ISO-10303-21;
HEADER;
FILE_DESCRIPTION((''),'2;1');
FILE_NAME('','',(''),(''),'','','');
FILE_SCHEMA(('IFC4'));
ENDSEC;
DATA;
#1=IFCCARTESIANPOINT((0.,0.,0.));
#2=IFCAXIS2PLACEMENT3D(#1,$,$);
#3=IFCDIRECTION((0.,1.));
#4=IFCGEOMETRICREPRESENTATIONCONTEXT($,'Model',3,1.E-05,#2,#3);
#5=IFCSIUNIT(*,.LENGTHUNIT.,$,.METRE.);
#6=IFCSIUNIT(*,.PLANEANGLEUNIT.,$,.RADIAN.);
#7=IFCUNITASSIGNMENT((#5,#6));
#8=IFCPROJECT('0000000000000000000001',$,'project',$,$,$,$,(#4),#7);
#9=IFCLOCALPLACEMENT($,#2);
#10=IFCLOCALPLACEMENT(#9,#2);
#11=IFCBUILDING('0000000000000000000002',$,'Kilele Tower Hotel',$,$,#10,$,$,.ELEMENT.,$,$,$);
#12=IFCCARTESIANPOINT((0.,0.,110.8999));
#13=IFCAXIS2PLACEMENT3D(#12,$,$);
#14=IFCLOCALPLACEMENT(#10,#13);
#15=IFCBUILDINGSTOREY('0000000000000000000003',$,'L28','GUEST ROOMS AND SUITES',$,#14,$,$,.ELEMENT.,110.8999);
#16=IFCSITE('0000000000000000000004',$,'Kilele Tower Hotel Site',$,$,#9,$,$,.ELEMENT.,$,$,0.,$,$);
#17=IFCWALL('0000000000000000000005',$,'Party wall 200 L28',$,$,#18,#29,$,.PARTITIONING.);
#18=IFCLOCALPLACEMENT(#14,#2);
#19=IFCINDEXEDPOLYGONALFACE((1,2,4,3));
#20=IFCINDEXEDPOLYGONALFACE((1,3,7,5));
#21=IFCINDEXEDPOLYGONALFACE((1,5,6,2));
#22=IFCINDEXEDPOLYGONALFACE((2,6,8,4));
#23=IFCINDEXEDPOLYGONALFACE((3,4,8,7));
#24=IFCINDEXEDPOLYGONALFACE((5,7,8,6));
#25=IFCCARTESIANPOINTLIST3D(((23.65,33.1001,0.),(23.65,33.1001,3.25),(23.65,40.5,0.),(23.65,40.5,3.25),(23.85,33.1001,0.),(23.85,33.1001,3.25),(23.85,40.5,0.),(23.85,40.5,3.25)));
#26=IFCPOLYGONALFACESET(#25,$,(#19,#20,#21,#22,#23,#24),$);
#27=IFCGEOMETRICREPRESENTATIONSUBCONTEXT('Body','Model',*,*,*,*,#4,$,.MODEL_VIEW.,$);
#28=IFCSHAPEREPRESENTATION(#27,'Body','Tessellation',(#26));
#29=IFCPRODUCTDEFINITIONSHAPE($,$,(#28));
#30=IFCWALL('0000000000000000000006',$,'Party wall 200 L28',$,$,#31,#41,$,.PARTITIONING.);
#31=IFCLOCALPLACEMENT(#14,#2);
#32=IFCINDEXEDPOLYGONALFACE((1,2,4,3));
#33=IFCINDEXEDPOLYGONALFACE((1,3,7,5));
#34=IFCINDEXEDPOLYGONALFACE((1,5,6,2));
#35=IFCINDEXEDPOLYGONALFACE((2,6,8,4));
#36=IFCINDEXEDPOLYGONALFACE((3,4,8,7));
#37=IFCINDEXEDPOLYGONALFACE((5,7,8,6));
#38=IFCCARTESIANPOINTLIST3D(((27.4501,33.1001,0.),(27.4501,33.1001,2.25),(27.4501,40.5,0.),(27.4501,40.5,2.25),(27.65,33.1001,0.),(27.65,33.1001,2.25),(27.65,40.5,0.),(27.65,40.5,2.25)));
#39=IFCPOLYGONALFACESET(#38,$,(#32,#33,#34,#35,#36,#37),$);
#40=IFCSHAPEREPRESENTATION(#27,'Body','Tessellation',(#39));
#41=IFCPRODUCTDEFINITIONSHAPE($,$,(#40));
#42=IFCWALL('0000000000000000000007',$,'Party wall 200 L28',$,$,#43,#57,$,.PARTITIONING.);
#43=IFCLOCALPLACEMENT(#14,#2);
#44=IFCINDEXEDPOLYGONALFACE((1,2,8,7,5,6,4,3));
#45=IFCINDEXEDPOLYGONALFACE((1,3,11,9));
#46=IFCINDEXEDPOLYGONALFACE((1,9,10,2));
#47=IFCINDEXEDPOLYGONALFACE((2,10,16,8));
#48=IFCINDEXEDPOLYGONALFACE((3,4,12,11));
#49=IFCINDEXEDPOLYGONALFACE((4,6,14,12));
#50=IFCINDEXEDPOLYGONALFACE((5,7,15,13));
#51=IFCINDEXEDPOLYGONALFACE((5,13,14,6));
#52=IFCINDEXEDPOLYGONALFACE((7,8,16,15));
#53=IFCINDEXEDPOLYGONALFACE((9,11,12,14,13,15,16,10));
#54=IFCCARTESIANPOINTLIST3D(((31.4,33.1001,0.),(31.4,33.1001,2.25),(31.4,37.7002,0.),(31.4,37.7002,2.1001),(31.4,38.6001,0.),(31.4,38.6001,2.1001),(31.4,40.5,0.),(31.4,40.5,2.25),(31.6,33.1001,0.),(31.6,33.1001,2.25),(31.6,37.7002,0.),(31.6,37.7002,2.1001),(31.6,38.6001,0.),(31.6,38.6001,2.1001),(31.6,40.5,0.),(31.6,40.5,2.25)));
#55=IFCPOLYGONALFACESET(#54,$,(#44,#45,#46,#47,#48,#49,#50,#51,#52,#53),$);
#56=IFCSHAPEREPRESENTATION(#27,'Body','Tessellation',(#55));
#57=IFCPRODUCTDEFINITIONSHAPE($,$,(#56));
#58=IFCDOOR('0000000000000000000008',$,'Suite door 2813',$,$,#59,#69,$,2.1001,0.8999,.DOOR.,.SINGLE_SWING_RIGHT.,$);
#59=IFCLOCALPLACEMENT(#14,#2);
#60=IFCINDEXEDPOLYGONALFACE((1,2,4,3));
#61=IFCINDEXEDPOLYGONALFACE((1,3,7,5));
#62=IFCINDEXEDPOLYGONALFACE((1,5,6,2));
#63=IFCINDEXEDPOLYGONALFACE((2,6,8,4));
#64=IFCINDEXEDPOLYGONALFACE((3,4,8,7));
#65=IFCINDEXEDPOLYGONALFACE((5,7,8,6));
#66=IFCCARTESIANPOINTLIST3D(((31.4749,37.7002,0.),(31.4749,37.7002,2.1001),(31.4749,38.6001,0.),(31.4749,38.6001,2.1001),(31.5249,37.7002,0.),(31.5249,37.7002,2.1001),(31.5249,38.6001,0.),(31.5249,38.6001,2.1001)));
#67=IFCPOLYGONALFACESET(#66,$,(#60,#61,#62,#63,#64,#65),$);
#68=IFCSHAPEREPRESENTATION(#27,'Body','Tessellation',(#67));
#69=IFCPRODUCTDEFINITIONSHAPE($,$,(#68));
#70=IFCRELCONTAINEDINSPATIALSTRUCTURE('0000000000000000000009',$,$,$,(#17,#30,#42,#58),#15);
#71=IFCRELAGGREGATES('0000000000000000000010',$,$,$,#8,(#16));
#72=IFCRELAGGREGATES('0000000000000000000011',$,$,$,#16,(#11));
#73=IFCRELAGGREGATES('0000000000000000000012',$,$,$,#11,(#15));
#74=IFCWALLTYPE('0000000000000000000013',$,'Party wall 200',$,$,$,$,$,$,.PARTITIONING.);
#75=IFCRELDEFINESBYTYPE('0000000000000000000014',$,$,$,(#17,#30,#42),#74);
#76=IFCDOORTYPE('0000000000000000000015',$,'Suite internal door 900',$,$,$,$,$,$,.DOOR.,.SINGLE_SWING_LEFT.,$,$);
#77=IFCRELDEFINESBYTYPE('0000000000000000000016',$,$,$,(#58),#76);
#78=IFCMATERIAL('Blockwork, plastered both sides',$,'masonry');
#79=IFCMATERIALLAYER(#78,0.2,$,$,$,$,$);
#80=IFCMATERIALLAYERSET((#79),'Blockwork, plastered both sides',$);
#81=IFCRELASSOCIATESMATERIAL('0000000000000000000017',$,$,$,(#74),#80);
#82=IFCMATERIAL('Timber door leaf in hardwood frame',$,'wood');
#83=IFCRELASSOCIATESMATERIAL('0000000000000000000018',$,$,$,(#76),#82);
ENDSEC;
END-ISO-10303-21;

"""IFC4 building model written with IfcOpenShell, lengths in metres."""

from ifc_helpers import new_model, si_unit, direction, frame, frame_2d, origin, place, context, subcontext, project, spatial, rectangle, extrude, material, layer, layer_set, type_object, element, fill, save


model = new_model("IFC4")

# Units and contexts
model_context = context("Model", 3, precision=1e-05, world=origin(), true_north=direction((0.0, 1.0)))
body_context = subcontext(model_context, "Body", "Model", "MODEL_VIEW")
ifc_project = project(units=[si_unit("LENGTHUNIT", "METRE"), si_unit("PLANEANGLEUNIT", "RADIAN")], contexts=[model_context])

# Site, building, storey
site_placement = place(None, origin())
site = spatial("IfcSite", under=ifc_project, at=site_placement, Name="Kilele Tower Hotel Site", CompositionType="ELEMENT", RefElevation=0.0)
building_placement = place(site_placement, origin())
building = spatial("IfcBuilding", under=site, at=building_placement, Name="Kilele Tower Hotel", CompositionType="ELEMENT")
storey_placement = place(building_placement, frame((0.0, 0.0, 110.8999)))
storey = spatial("IfcBuildingStorey", under=building, at=storey_placement, Name="L28", Description="GUEST ROOMS AND SUITES", CompositionType="ELEMENT", Elevation=110.8999)

# Walls
ifc_material_1 = material(Name="Blockwork, plastered both sides", Category="masonry")
ifc_layer_1 = layer(ifc_material_1, 0.2)
ifc_layer_set_1 = layer_set([ifc_layer_1], Name="Blockwork, plastered both sides")
wall_type_1 = type_object("IfcWallType", Name="Party wall 200", PredefinedType="PARTITIONING", material=ifc_layer_set_1)
wall_1_placement = place(storey_placement, frame((23.75, 33.1001, 0.0), z_axis=(0.0, 0.0, 1.0), x_axis=(0.0, 1.0, 0.0)))
element("IfcWall", 1, at=wall_1_placement, inside=storey, type_object=wall_type_1, Name="Party wall 200 L28", PredefinedType="PARTITIONING", context=body_context, shape_type="SweptSolid", body=[
    extrude(rectangle(XDim=7.3999, YDim=0.2, at=frame_2d((3.7, 0.0))), origin(), (0.0, 0.0, 1.0), 3.25),
])
wall_2_placement = place(storey_placement, frame((27.55, 33.1001, 0.0), z_axis=(0.0, 0.0, 1.0), x_axis=(0.0, 1.0, 0.0)))
element("IfcWall", 2, at=wall_2_placement, inside=storey, type_object=wall_type_1, Name="Party wall 200 L28", PredefinedType="PARTITIONING", context=body_context, shape_type="SweptSolid", body=[
    extrude(rectangle(XDim=7.3999, YDim=0.2, at=frame_2d((3.7, 0.0))), origin(), (0.0, 0.0, 1.0), 2.25),
])

# Wall, opening, door
wall_3_placement = place(storey_placement, frame((31.5, 33.1001, 0.0), z_axis=(0.0, 0.0, 1.0), x_axis=(0.0, 1.0, 0.0)))
wall_3 = element("IfcWall", 3, at=wall_3_placement, inside=storey, type_object=wall_type_1, Name="Party wall 200 L28", PredefinedType="PARTITIONING", context=body_context, shape_type="SweptSolid", body=[
    extrude(rectangle(XDim=7.3999, YDim=0.2, at=frame_2d((3.7, 0.0))), origin(), (0.0, 0.0, 1.0), 2.25),
])
opening_1_placement = place(wall_3_placement, frame((5.5, 0.0, 0.0), z_axis=(0.0, 0.0, 1.0), x_axis=(-1.0, 0.0, 0.0)))
opening_1 = element("IfcOpeningElement", 4, at=opening_1_placement, cuts=wall_3, PredefinedType="OPENING", context=body_context, shape_type="SweptSolid", body=[
    extrude(rectangle(XDim=0.8999, YDim=2.1001, at=frame_2d((0.45, 1.05))), frame((0.0, 0.1099, 0.0), z_axis=(0.0, -1.0, 0.0), x_axis=(1.0, 0.0, 0.0)), (0.0, 0.0, 1.0), 0.22),
])
ifc_material_2 = material(Name="Timber door leaf in hardwood frame", Category="wood")
door_type_1 = type_object("IfcDoorType", Name="Suite internal door 900", OperationType="SINGLE_SWING_LEFT", PredefinedType="DOOR", material=ifc_material_2)
door_1_placement = place(opening_1_placement, origin())
door_1 = element("IfcDoor", 5, at=door_1_placement, inside=storey, type_object=door_type_1, Name="Suite door 2813", OperationType="SINGLE_SWING_RIGHT", OverallHeight=2.1001, OverallWidth=0.8999, PredefinedType="DOOR", context=body_context, shape_type="SweptSolid", body=[
    extrude(rectangle(XDim=0.8999, YDim=2.1001, at=frame_2d((0.45, 1.05))), frame((0.0, 0.0249, 0.0), z_axis=(0.0, -1.0, 0.0), x_axis=(1.0, 0.0, 0.0)), (0.0, 0.0, 1.0), 0.05),
])
fill(opening_1, door_1)

save(model, "model.ifc")
